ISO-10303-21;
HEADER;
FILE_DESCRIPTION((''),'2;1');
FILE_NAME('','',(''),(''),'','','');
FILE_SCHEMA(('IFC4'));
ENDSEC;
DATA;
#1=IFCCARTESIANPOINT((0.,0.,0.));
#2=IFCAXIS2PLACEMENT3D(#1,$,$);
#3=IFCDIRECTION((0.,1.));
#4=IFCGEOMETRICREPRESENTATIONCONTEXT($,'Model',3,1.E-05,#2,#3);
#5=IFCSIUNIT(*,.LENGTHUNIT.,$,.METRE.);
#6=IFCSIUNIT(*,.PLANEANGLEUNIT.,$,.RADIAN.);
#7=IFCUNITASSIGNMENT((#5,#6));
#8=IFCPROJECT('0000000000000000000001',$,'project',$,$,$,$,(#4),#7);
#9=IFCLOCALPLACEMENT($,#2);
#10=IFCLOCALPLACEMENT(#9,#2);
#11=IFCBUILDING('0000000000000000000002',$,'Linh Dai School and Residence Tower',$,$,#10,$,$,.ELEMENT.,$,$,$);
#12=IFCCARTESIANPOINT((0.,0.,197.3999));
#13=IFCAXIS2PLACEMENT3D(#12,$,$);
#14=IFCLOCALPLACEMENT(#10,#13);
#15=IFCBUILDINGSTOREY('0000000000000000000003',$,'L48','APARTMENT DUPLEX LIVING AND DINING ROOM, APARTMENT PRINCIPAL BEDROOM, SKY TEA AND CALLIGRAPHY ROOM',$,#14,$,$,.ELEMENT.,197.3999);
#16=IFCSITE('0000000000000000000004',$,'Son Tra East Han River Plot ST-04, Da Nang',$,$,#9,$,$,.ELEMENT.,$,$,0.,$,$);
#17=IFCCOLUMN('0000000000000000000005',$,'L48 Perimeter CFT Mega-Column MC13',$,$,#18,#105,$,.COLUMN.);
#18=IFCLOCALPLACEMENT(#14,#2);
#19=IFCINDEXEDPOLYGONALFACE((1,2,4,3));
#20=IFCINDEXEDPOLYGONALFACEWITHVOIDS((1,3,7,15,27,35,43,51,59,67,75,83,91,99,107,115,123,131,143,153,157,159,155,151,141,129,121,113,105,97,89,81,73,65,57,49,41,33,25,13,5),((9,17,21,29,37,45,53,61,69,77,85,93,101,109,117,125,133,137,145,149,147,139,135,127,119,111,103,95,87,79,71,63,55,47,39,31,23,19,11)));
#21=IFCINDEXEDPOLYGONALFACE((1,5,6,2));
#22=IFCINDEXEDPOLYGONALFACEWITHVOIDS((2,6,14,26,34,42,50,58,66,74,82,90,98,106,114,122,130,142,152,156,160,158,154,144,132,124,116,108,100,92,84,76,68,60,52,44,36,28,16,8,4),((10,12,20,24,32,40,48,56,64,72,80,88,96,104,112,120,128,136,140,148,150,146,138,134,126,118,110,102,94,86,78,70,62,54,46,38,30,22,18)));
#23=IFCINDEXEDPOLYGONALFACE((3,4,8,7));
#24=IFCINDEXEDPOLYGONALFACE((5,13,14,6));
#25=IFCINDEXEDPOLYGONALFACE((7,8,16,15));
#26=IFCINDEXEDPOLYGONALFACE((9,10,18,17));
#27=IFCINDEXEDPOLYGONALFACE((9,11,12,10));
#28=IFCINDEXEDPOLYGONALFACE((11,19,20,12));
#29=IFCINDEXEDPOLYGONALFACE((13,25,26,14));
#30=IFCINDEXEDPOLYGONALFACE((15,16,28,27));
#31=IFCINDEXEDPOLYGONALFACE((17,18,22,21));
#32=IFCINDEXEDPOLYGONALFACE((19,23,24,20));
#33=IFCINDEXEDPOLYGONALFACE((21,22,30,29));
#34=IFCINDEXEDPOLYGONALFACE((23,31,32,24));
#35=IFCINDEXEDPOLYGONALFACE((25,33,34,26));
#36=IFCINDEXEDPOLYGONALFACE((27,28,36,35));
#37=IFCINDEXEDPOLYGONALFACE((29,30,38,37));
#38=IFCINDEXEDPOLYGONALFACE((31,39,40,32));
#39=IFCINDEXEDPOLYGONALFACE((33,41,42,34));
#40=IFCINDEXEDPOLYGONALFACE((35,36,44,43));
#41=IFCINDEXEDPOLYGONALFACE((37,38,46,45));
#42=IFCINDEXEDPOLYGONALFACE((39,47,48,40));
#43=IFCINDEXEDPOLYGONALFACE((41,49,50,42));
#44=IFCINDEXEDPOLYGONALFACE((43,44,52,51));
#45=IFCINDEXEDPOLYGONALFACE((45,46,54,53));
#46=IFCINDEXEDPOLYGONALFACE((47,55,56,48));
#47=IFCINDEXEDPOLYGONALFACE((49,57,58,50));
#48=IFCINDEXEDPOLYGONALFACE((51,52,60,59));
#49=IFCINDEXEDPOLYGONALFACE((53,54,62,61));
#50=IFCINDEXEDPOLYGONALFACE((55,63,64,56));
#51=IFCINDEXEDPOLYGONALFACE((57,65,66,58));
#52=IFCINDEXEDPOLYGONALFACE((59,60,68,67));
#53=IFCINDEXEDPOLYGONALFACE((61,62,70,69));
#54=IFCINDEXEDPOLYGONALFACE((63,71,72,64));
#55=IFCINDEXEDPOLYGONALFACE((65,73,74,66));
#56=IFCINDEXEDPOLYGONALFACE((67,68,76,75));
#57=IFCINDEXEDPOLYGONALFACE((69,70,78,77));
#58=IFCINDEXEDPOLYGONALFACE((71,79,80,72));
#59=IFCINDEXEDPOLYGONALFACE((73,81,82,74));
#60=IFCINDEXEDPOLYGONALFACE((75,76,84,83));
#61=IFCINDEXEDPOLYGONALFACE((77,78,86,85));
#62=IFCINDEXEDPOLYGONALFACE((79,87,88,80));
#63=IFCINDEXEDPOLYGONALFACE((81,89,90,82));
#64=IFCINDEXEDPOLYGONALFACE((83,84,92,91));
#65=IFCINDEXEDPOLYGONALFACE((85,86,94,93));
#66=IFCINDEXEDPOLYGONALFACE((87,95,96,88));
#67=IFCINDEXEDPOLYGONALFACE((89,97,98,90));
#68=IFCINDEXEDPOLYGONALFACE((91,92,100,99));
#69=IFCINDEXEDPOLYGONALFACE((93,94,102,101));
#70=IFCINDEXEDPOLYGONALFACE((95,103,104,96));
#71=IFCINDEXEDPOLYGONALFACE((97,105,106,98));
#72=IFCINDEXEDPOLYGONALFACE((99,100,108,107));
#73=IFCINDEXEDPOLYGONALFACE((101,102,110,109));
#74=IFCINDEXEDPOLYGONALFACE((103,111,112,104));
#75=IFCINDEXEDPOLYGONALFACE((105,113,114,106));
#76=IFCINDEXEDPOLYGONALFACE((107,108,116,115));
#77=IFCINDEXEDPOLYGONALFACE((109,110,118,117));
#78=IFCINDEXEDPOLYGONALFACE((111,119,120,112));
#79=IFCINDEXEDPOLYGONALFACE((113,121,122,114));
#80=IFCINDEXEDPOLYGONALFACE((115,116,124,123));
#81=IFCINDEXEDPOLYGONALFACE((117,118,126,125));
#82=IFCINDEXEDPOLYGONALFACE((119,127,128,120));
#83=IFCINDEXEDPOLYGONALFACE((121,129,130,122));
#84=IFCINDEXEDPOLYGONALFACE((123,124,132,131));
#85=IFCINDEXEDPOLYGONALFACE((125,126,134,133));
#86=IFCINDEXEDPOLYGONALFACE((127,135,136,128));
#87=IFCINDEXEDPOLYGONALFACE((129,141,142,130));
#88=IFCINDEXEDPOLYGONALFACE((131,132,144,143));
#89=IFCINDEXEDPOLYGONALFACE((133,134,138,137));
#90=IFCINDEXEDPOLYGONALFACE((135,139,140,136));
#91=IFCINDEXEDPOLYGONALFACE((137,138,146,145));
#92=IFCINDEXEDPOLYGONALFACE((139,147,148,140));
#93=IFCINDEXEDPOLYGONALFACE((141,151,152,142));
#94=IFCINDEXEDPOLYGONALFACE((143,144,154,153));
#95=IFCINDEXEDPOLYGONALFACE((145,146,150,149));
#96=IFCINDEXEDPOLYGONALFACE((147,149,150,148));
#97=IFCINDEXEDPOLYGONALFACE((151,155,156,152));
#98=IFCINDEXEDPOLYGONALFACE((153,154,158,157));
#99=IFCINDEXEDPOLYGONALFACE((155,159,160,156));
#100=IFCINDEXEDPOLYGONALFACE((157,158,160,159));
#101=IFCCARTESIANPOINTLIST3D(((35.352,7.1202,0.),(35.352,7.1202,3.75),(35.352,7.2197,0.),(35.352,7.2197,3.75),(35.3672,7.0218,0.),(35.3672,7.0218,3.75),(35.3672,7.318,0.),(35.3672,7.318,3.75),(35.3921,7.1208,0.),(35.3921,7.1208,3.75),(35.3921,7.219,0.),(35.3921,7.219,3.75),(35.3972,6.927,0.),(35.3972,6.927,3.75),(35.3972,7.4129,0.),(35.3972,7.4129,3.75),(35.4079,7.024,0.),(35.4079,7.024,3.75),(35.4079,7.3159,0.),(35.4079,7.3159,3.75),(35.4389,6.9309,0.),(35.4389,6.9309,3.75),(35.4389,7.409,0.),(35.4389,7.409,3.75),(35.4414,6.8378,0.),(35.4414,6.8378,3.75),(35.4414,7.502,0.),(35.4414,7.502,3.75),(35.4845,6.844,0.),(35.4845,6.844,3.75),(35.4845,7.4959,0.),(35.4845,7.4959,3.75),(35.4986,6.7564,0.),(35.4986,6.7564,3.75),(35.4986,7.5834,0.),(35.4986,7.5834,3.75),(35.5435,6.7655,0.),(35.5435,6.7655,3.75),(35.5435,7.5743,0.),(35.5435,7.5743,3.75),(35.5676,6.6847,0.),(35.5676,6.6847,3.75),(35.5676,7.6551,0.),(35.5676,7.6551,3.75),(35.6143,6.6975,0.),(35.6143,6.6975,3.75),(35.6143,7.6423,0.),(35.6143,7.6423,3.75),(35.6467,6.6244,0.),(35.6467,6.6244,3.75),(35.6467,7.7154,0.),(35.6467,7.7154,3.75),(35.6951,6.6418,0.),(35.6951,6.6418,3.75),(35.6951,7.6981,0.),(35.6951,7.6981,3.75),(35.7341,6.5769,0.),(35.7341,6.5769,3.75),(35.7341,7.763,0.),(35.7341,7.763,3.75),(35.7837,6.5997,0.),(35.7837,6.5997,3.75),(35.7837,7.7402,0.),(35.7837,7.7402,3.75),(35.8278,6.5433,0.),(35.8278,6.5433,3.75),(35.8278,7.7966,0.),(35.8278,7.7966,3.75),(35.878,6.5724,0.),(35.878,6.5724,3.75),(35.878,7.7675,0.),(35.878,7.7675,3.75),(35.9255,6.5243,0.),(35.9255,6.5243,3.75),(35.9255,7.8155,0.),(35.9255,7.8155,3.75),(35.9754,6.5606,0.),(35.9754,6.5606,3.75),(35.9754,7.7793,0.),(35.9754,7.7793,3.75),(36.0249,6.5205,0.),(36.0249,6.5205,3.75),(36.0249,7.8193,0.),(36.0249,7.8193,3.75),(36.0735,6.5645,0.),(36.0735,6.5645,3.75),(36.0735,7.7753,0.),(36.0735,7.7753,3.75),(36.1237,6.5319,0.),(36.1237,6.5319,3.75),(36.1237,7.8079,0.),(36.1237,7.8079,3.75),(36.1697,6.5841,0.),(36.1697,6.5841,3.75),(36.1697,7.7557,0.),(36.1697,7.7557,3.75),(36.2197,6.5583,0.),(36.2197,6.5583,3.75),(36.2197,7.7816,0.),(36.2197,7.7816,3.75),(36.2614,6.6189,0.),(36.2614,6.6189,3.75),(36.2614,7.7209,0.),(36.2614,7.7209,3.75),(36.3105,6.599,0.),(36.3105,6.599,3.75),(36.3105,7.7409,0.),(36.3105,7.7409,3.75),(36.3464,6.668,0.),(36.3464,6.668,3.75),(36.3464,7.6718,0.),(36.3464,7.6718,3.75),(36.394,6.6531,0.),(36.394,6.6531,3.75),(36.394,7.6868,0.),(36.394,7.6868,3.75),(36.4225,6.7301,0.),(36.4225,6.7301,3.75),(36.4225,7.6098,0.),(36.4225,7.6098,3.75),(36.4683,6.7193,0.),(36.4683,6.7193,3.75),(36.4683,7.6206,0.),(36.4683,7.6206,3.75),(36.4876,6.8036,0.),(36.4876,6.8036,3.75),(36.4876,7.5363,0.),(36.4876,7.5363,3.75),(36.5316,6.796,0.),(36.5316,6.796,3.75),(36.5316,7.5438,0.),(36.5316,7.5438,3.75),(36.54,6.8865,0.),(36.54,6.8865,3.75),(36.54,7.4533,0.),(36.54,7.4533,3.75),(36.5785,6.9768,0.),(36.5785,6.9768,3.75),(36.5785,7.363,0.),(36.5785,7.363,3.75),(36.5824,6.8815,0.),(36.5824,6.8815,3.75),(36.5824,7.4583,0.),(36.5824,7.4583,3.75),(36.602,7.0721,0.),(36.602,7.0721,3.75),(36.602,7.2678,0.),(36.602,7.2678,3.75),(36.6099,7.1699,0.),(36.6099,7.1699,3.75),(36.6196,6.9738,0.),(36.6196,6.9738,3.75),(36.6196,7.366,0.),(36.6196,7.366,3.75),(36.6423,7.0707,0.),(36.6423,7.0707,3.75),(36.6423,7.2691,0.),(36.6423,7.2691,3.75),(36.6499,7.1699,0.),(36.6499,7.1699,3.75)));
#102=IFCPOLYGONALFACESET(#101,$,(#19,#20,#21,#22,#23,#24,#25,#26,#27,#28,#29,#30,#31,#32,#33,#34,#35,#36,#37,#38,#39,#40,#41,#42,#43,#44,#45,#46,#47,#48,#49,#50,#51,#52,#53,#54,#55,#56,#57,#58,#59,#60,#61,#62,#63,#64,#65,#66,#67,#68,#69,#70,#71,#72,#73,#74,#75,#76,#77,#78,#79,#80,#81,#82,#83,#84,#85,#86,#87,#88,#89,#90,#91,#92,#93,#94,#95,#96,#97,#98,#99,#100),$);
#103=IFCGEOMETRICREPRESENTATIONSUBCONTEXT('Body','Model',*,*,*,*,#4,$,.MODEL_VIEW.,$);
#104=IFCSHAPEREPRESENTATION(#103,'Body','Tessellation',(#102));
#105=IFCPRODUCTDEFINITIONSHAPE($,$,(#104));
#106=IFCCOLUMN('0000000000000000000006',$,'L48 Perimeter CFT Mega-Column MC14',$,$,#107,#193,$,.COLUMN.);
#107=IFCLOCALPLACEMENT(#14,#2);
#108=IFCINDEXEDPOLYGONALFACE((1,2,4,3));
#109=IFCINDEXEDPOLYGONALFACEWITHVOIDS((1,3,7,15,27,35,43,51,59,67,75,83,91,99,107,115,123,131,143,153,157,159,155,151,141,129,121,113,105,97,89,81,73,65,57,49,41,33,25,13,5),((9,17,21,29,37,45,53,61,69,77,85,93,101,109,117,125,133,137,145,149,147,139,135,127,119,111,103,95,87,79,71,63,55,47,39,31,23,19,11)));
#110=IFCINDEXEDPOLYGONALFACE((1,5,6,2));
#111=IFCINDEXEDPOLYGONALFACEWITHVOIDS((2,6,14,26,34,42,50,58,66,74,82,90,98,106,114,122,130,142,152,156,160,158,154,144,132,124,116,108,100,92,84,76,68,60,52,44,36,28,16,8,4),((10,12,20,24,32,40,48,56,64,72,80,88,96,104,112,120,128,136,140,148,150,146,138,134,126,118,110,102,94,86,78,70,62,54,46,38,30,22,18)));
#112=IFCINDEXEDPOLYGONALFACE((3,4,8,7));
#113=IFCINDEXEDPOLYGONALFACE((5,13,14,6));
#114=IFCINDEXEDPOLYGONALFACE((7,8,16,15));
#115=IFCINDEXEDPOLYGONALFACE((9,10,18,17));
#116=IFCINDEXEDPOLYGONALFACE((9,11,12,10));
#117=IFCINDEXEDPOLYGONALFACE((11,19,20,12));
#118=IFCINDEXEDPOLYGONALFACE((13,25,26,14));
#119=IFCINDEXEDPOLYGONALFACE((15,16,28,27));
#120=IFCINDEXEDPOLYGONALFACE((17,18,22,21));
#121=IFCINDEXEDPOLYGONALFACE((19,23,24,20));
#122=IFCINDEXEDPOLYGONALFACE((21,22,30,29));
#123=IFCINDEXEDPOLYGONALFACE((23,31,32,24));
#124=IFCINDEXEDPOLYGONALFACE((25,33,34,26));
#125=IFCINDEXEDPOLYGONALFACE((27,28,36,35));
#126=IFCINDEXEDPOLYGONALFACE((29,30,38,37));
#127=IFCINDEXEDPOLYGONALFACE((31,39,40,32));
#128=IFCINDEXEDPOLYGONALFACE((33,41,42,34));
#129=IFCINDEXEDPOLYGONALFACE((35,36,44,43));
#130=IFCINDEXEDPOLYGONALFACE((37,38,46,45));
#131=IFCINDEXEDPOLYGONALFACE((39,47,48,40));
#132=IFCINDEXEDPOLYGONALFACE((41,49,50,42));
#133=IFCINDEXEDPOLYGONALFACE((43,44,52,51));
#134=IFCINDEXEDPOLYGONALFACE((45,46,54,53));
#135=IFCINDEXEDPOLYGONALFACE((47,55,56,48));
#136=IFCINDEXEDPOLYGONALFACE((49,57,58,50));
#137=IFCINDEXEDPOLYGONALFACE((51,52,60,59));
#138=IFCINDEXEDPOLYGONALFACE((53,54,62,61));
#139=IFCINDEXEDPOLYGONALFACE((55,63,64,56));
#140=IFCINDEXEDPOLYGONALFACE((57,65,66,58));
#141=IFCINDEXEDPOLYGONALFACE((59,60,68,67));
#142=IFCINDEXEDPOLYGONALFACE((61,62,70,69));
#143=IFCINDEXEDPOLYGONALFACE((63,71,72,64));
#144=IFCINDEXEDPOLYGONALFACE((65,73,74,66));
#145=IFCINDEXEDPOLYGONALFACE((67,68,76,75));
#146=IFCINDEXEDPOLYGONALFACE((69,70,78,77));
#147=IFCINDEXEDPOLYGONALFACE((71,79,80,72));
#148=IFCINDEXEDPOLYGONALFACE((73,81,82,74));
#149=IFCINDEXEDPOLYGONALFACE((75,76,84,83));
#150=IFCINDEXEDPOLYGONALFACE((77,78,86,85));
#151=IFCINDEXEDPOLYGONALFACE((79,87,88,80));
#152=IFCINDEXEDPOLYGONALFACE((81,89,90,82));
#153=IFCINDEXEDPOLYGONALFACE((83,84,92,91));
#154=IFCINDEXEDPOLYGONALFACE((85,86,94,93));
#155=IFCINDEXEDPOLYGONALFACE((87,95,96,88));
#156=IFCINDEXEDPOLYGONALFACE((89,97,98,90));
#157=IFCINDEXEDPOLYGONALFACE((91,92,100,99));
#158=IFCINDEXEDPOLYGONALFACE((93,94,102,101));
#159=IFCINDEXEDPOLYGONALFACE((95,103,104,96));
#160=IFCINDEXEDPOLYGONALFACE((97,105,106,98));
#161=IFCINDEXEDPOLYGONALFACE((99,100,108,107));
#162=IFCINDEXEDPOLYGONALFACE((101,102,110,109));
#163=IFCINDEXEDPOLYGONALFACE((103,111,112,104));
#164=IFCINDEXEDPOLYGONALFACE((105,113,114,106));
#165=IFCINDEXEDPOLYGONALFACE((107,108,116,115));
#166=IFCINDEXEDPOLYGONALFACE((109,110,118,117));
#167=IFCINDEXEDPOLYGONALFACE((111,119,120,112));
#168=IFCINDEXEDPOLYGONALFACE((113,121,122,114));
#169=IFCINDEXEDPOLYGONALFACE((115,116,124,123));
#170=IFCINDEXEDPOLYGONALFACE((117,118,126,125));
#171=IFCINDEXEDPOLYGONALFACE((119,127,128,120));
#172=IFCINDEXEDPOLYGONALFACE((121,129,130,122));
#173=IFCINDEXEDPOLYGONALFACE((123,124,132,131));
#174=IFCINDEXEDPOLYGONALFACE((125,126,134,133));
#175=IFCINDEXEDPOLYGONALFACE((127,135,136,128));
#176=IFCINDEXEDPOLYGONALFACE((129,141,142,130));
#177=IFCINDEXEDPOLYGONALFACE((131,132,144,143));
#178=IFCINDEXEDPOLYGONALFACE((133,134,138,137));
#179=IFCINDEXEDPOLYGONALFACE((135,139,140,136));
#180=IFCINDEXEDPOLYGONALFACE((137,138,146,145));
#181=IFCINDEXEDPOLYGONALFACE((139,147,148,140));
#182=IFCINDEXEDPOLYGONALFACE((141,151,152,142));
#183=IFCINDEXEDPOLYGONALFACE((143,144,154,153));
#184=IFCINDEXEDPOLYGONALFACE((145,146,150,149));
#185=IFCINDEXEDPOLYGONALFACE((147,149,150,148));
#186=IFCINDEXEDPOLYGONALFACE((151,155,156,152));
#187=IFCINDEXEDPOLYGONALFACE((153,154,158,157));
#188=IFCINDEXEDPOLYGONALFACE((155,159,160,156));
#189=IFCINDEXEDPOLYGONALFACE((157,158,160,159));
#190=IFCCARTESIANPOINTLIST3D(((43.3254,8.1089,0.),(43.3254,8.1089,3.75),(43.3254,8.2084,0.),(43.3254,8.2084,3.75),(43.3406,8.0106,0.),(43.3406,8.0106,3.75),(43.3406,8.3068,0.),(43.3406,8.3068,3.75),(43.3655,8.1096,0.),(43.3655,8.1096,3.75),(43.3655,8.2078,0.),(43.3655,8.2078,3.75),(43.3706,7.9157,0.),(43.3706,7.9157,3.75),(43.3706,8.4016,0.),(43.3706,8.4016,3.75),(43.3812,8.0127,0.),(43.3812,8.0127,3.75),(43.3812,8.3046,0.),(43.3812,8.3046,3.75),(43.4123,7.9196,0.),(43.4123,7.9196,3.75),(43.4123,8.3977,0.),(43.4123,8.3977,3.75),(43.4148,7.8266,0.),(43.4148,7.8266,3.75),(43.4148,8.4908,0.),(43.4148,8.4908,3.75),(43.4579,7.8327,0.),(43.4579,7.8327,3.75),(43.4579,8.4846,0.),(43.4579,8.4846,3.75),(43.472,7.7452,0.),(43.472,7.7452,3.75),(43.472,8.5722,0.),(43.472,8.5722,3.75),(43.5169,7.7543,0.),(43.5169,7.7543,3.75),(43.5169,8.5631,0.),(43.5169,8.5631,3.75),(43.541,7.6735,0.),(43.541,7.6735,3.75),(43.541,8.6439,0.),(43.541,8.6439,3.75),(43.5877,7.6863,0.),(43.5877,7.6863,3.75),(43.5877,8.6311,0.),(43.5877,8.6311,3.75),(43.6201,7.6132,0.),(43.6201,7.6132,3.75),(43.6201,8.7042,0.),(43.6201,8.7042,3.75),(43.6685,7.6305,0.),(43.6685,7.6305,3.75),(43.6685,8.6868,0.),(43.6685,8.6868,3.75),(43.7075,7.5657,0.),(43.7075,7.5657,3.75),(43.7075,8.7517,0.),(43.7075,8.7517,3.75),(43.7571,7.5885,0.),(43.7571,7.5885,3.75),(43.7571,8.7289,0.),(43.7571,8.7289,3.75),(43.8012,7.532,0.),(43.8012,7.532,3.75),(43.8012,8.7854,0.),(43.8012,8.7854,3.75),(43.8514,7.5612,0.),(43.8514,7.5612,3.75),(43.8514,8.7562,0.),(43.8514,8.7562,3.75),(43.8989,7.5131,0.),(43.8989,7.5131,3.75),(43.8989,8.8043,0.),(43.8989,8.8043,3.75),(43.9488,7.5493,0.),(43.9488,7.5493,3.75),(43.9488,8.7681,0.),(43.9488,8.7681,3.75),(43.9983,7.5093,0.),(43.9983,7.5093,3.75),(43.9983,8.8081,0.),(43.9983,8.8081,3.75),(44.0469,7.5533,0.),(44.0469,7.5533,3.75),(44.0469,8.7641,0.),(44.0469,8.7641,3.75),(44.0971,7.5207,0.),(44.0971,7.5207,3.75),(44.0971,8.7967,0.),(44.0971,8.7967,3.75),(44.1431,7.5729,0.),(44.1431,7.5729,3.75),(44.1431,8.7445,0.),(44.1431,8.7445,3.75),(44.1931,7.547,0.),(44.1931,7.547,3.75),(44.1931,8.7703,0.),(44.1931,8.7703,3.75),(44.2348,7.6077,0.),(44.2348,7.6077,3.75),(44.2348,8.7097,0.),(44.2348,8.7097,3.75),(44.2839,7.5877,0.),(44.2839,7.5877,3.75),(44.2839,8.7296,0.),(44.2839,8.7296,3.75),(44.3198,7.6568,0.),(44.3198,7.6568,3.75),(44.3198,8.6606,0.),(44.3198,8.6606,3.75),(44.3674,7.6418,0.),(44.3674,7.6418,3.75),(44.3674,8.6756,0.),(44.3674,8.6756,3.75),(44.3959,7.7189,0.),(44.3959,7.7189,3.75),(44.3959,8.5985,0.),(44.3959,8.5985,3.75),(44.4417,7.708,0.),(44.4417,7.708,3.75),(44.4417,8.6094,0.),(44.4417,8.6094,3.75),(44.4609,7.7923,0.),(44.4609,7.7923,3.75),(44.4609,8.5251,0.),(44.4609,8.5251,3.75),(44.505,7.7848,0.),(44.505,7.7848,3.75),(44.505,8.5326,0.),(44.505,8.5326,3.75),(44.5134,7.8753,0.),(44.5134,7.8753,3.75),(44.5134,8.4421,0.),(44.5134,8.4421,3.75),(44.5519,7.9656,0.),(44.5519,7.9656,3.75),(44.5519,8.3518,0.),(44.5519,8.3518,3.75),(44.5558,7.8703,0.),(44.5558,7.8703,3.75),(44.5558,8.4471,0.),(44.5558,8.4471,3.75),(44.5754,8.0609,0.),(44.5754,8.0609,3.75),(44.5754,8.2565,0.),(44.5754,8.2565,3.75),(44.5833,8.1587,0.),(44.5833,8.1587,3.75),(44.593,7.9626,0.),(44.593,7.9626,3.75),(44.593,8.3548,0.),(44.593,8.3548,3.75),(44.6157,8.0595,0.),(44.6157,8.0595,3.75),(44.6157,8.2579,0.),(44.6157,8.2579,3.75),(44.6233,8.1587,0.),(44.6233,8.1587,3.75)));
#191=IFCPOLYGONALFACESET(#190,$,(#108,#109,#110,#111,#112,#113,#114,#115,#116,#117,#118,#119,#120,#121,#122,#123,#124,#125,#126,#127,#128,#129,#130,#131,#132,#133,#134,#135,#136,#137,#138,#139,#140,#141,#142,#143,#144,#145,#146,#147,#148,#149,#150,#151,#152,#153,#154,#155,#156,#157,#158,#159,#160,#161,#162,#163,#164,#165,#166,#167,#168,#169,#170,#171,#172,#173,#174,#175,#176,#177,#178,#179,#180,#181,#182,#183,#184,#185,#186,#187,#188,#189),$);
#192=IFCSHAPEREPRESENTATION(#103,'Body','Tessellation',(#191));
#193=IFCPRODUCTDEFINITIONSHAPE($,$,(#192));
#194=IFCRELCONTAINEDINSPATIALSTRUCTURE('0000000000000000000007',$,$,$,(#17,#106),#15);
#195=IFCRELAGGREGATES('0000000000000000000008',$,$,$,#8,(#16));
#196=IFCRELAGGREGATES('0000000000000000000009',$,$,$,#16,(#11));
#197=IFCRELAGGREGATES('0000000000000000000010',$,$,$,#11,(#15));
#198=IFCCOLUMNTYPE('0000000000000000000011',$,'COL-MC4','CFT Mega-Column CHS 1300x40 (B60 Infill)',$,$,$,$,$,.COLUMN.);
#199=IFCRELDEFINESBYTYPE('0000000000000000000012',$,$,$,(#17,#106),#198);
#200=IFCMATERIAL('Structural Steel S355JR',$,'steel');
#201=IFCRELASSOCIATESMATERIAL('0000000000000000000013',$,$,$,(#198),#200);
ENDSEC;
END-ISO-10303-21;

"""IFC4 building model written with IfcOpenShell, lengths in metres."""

from ifc_helpers import new_model, si_unit, direction, frame, origin, origin_2d, place, context, subcontext, project, spatial, hollow_circle, extrude, material, material_profile, profile_set, type_object, element, save


model = new_model("IFC4")

# Units and contexts
model_context = context("Model", 3, precision=1e-05, world=origin(), true_north=direction((0.0, 1.0)))
body_context = subcontext(model_context, "Body", "Model", "MODEL_VIEW")
ifc_project = project(units=[si_unit("LENGTHUNIT", "METRE"), si_unit("PLANEANGLEUNIT", "RADIAN")], contexts=[model_context])

# Site, building, storey
site_placement = place(None, origin())
site = spatial("IfcSite", under=ifc_project, at=site_placement, Name="Son Tra East Han River Plot ST-04, Da Nang", CompositionType="ELEMENT", RefElevation=0.0)
building_placement = place(site_placement, origin())
building = spatial("IfcBuilding", under=site, at=building_placement, Name="Linh Dai School and Residence Tower", CompositionType="ELEMENT")
storey_placement = place(building_placement, frame((0.0, 0.0, 197.3999)))
storey = spatial("IfcBuildingStorey", under=building, at=storey_placement, Name="L48", Description="APARTMENT DUPLEX LIVING AND DINING ROOM, APARTMENT PRINCIPAL BEDROOM, SKY TEA AND CALLIGRAPHY ROOM", CompositionType="ELEMENT", Elevation=197.3999)

# Columns
ifc_material_1 = material(Name="Structural Steel S355JR", Category="steel")
ifc_material_profile_1 = material_profile(ifc_material_1, hollow_circle(Radius=0.6499, WallThickness=0.04, at=origin_2d()), Name="CHS 1300x40")
ifc_profile_set_1 = profile_set([ifc_material_profile_1], Name="Structural Steel S355JR")
column_type = type_object("IfcColumnType", Name="COL-MC4", Description="CFT Mega-Column CHS 1300x40 (B60 Infill)", PredefinedType="COLUMN", material=ifc_profile_set_1)
for number, where, z_axis, x_axis, name in (
    (1, (36.0, 7.1699, 0.0), (0.0, 0.0, 1.0), (1.0, 0.0, 0.0), "L48 Perimeter CFT Mega-Column MC13"),
    (2, (43.9734, 8.1587, 0.0), (0.0, 0.0, 1.0), (1.0, 0.0, 0.0), "L48 Perimeter CFT Mega-Column MC14"),
):
    element("IfcColumn", number, at=place(storey_placement, frame(where, z_axis=z_axis, x_axis=x_axis)), inside=storey, type_object=column_type, Name=name, PredefinedType="COLUMN", context=body_context, shape_type="SweptSolid", body=[
        extrude(hollow_circle(Radius=0.6499, WallThickness=0.04, at=origin_2d()), origin(), (0.0, 0.0, 1.0), 3.75),
    ])

save(model, "model.ifc")
